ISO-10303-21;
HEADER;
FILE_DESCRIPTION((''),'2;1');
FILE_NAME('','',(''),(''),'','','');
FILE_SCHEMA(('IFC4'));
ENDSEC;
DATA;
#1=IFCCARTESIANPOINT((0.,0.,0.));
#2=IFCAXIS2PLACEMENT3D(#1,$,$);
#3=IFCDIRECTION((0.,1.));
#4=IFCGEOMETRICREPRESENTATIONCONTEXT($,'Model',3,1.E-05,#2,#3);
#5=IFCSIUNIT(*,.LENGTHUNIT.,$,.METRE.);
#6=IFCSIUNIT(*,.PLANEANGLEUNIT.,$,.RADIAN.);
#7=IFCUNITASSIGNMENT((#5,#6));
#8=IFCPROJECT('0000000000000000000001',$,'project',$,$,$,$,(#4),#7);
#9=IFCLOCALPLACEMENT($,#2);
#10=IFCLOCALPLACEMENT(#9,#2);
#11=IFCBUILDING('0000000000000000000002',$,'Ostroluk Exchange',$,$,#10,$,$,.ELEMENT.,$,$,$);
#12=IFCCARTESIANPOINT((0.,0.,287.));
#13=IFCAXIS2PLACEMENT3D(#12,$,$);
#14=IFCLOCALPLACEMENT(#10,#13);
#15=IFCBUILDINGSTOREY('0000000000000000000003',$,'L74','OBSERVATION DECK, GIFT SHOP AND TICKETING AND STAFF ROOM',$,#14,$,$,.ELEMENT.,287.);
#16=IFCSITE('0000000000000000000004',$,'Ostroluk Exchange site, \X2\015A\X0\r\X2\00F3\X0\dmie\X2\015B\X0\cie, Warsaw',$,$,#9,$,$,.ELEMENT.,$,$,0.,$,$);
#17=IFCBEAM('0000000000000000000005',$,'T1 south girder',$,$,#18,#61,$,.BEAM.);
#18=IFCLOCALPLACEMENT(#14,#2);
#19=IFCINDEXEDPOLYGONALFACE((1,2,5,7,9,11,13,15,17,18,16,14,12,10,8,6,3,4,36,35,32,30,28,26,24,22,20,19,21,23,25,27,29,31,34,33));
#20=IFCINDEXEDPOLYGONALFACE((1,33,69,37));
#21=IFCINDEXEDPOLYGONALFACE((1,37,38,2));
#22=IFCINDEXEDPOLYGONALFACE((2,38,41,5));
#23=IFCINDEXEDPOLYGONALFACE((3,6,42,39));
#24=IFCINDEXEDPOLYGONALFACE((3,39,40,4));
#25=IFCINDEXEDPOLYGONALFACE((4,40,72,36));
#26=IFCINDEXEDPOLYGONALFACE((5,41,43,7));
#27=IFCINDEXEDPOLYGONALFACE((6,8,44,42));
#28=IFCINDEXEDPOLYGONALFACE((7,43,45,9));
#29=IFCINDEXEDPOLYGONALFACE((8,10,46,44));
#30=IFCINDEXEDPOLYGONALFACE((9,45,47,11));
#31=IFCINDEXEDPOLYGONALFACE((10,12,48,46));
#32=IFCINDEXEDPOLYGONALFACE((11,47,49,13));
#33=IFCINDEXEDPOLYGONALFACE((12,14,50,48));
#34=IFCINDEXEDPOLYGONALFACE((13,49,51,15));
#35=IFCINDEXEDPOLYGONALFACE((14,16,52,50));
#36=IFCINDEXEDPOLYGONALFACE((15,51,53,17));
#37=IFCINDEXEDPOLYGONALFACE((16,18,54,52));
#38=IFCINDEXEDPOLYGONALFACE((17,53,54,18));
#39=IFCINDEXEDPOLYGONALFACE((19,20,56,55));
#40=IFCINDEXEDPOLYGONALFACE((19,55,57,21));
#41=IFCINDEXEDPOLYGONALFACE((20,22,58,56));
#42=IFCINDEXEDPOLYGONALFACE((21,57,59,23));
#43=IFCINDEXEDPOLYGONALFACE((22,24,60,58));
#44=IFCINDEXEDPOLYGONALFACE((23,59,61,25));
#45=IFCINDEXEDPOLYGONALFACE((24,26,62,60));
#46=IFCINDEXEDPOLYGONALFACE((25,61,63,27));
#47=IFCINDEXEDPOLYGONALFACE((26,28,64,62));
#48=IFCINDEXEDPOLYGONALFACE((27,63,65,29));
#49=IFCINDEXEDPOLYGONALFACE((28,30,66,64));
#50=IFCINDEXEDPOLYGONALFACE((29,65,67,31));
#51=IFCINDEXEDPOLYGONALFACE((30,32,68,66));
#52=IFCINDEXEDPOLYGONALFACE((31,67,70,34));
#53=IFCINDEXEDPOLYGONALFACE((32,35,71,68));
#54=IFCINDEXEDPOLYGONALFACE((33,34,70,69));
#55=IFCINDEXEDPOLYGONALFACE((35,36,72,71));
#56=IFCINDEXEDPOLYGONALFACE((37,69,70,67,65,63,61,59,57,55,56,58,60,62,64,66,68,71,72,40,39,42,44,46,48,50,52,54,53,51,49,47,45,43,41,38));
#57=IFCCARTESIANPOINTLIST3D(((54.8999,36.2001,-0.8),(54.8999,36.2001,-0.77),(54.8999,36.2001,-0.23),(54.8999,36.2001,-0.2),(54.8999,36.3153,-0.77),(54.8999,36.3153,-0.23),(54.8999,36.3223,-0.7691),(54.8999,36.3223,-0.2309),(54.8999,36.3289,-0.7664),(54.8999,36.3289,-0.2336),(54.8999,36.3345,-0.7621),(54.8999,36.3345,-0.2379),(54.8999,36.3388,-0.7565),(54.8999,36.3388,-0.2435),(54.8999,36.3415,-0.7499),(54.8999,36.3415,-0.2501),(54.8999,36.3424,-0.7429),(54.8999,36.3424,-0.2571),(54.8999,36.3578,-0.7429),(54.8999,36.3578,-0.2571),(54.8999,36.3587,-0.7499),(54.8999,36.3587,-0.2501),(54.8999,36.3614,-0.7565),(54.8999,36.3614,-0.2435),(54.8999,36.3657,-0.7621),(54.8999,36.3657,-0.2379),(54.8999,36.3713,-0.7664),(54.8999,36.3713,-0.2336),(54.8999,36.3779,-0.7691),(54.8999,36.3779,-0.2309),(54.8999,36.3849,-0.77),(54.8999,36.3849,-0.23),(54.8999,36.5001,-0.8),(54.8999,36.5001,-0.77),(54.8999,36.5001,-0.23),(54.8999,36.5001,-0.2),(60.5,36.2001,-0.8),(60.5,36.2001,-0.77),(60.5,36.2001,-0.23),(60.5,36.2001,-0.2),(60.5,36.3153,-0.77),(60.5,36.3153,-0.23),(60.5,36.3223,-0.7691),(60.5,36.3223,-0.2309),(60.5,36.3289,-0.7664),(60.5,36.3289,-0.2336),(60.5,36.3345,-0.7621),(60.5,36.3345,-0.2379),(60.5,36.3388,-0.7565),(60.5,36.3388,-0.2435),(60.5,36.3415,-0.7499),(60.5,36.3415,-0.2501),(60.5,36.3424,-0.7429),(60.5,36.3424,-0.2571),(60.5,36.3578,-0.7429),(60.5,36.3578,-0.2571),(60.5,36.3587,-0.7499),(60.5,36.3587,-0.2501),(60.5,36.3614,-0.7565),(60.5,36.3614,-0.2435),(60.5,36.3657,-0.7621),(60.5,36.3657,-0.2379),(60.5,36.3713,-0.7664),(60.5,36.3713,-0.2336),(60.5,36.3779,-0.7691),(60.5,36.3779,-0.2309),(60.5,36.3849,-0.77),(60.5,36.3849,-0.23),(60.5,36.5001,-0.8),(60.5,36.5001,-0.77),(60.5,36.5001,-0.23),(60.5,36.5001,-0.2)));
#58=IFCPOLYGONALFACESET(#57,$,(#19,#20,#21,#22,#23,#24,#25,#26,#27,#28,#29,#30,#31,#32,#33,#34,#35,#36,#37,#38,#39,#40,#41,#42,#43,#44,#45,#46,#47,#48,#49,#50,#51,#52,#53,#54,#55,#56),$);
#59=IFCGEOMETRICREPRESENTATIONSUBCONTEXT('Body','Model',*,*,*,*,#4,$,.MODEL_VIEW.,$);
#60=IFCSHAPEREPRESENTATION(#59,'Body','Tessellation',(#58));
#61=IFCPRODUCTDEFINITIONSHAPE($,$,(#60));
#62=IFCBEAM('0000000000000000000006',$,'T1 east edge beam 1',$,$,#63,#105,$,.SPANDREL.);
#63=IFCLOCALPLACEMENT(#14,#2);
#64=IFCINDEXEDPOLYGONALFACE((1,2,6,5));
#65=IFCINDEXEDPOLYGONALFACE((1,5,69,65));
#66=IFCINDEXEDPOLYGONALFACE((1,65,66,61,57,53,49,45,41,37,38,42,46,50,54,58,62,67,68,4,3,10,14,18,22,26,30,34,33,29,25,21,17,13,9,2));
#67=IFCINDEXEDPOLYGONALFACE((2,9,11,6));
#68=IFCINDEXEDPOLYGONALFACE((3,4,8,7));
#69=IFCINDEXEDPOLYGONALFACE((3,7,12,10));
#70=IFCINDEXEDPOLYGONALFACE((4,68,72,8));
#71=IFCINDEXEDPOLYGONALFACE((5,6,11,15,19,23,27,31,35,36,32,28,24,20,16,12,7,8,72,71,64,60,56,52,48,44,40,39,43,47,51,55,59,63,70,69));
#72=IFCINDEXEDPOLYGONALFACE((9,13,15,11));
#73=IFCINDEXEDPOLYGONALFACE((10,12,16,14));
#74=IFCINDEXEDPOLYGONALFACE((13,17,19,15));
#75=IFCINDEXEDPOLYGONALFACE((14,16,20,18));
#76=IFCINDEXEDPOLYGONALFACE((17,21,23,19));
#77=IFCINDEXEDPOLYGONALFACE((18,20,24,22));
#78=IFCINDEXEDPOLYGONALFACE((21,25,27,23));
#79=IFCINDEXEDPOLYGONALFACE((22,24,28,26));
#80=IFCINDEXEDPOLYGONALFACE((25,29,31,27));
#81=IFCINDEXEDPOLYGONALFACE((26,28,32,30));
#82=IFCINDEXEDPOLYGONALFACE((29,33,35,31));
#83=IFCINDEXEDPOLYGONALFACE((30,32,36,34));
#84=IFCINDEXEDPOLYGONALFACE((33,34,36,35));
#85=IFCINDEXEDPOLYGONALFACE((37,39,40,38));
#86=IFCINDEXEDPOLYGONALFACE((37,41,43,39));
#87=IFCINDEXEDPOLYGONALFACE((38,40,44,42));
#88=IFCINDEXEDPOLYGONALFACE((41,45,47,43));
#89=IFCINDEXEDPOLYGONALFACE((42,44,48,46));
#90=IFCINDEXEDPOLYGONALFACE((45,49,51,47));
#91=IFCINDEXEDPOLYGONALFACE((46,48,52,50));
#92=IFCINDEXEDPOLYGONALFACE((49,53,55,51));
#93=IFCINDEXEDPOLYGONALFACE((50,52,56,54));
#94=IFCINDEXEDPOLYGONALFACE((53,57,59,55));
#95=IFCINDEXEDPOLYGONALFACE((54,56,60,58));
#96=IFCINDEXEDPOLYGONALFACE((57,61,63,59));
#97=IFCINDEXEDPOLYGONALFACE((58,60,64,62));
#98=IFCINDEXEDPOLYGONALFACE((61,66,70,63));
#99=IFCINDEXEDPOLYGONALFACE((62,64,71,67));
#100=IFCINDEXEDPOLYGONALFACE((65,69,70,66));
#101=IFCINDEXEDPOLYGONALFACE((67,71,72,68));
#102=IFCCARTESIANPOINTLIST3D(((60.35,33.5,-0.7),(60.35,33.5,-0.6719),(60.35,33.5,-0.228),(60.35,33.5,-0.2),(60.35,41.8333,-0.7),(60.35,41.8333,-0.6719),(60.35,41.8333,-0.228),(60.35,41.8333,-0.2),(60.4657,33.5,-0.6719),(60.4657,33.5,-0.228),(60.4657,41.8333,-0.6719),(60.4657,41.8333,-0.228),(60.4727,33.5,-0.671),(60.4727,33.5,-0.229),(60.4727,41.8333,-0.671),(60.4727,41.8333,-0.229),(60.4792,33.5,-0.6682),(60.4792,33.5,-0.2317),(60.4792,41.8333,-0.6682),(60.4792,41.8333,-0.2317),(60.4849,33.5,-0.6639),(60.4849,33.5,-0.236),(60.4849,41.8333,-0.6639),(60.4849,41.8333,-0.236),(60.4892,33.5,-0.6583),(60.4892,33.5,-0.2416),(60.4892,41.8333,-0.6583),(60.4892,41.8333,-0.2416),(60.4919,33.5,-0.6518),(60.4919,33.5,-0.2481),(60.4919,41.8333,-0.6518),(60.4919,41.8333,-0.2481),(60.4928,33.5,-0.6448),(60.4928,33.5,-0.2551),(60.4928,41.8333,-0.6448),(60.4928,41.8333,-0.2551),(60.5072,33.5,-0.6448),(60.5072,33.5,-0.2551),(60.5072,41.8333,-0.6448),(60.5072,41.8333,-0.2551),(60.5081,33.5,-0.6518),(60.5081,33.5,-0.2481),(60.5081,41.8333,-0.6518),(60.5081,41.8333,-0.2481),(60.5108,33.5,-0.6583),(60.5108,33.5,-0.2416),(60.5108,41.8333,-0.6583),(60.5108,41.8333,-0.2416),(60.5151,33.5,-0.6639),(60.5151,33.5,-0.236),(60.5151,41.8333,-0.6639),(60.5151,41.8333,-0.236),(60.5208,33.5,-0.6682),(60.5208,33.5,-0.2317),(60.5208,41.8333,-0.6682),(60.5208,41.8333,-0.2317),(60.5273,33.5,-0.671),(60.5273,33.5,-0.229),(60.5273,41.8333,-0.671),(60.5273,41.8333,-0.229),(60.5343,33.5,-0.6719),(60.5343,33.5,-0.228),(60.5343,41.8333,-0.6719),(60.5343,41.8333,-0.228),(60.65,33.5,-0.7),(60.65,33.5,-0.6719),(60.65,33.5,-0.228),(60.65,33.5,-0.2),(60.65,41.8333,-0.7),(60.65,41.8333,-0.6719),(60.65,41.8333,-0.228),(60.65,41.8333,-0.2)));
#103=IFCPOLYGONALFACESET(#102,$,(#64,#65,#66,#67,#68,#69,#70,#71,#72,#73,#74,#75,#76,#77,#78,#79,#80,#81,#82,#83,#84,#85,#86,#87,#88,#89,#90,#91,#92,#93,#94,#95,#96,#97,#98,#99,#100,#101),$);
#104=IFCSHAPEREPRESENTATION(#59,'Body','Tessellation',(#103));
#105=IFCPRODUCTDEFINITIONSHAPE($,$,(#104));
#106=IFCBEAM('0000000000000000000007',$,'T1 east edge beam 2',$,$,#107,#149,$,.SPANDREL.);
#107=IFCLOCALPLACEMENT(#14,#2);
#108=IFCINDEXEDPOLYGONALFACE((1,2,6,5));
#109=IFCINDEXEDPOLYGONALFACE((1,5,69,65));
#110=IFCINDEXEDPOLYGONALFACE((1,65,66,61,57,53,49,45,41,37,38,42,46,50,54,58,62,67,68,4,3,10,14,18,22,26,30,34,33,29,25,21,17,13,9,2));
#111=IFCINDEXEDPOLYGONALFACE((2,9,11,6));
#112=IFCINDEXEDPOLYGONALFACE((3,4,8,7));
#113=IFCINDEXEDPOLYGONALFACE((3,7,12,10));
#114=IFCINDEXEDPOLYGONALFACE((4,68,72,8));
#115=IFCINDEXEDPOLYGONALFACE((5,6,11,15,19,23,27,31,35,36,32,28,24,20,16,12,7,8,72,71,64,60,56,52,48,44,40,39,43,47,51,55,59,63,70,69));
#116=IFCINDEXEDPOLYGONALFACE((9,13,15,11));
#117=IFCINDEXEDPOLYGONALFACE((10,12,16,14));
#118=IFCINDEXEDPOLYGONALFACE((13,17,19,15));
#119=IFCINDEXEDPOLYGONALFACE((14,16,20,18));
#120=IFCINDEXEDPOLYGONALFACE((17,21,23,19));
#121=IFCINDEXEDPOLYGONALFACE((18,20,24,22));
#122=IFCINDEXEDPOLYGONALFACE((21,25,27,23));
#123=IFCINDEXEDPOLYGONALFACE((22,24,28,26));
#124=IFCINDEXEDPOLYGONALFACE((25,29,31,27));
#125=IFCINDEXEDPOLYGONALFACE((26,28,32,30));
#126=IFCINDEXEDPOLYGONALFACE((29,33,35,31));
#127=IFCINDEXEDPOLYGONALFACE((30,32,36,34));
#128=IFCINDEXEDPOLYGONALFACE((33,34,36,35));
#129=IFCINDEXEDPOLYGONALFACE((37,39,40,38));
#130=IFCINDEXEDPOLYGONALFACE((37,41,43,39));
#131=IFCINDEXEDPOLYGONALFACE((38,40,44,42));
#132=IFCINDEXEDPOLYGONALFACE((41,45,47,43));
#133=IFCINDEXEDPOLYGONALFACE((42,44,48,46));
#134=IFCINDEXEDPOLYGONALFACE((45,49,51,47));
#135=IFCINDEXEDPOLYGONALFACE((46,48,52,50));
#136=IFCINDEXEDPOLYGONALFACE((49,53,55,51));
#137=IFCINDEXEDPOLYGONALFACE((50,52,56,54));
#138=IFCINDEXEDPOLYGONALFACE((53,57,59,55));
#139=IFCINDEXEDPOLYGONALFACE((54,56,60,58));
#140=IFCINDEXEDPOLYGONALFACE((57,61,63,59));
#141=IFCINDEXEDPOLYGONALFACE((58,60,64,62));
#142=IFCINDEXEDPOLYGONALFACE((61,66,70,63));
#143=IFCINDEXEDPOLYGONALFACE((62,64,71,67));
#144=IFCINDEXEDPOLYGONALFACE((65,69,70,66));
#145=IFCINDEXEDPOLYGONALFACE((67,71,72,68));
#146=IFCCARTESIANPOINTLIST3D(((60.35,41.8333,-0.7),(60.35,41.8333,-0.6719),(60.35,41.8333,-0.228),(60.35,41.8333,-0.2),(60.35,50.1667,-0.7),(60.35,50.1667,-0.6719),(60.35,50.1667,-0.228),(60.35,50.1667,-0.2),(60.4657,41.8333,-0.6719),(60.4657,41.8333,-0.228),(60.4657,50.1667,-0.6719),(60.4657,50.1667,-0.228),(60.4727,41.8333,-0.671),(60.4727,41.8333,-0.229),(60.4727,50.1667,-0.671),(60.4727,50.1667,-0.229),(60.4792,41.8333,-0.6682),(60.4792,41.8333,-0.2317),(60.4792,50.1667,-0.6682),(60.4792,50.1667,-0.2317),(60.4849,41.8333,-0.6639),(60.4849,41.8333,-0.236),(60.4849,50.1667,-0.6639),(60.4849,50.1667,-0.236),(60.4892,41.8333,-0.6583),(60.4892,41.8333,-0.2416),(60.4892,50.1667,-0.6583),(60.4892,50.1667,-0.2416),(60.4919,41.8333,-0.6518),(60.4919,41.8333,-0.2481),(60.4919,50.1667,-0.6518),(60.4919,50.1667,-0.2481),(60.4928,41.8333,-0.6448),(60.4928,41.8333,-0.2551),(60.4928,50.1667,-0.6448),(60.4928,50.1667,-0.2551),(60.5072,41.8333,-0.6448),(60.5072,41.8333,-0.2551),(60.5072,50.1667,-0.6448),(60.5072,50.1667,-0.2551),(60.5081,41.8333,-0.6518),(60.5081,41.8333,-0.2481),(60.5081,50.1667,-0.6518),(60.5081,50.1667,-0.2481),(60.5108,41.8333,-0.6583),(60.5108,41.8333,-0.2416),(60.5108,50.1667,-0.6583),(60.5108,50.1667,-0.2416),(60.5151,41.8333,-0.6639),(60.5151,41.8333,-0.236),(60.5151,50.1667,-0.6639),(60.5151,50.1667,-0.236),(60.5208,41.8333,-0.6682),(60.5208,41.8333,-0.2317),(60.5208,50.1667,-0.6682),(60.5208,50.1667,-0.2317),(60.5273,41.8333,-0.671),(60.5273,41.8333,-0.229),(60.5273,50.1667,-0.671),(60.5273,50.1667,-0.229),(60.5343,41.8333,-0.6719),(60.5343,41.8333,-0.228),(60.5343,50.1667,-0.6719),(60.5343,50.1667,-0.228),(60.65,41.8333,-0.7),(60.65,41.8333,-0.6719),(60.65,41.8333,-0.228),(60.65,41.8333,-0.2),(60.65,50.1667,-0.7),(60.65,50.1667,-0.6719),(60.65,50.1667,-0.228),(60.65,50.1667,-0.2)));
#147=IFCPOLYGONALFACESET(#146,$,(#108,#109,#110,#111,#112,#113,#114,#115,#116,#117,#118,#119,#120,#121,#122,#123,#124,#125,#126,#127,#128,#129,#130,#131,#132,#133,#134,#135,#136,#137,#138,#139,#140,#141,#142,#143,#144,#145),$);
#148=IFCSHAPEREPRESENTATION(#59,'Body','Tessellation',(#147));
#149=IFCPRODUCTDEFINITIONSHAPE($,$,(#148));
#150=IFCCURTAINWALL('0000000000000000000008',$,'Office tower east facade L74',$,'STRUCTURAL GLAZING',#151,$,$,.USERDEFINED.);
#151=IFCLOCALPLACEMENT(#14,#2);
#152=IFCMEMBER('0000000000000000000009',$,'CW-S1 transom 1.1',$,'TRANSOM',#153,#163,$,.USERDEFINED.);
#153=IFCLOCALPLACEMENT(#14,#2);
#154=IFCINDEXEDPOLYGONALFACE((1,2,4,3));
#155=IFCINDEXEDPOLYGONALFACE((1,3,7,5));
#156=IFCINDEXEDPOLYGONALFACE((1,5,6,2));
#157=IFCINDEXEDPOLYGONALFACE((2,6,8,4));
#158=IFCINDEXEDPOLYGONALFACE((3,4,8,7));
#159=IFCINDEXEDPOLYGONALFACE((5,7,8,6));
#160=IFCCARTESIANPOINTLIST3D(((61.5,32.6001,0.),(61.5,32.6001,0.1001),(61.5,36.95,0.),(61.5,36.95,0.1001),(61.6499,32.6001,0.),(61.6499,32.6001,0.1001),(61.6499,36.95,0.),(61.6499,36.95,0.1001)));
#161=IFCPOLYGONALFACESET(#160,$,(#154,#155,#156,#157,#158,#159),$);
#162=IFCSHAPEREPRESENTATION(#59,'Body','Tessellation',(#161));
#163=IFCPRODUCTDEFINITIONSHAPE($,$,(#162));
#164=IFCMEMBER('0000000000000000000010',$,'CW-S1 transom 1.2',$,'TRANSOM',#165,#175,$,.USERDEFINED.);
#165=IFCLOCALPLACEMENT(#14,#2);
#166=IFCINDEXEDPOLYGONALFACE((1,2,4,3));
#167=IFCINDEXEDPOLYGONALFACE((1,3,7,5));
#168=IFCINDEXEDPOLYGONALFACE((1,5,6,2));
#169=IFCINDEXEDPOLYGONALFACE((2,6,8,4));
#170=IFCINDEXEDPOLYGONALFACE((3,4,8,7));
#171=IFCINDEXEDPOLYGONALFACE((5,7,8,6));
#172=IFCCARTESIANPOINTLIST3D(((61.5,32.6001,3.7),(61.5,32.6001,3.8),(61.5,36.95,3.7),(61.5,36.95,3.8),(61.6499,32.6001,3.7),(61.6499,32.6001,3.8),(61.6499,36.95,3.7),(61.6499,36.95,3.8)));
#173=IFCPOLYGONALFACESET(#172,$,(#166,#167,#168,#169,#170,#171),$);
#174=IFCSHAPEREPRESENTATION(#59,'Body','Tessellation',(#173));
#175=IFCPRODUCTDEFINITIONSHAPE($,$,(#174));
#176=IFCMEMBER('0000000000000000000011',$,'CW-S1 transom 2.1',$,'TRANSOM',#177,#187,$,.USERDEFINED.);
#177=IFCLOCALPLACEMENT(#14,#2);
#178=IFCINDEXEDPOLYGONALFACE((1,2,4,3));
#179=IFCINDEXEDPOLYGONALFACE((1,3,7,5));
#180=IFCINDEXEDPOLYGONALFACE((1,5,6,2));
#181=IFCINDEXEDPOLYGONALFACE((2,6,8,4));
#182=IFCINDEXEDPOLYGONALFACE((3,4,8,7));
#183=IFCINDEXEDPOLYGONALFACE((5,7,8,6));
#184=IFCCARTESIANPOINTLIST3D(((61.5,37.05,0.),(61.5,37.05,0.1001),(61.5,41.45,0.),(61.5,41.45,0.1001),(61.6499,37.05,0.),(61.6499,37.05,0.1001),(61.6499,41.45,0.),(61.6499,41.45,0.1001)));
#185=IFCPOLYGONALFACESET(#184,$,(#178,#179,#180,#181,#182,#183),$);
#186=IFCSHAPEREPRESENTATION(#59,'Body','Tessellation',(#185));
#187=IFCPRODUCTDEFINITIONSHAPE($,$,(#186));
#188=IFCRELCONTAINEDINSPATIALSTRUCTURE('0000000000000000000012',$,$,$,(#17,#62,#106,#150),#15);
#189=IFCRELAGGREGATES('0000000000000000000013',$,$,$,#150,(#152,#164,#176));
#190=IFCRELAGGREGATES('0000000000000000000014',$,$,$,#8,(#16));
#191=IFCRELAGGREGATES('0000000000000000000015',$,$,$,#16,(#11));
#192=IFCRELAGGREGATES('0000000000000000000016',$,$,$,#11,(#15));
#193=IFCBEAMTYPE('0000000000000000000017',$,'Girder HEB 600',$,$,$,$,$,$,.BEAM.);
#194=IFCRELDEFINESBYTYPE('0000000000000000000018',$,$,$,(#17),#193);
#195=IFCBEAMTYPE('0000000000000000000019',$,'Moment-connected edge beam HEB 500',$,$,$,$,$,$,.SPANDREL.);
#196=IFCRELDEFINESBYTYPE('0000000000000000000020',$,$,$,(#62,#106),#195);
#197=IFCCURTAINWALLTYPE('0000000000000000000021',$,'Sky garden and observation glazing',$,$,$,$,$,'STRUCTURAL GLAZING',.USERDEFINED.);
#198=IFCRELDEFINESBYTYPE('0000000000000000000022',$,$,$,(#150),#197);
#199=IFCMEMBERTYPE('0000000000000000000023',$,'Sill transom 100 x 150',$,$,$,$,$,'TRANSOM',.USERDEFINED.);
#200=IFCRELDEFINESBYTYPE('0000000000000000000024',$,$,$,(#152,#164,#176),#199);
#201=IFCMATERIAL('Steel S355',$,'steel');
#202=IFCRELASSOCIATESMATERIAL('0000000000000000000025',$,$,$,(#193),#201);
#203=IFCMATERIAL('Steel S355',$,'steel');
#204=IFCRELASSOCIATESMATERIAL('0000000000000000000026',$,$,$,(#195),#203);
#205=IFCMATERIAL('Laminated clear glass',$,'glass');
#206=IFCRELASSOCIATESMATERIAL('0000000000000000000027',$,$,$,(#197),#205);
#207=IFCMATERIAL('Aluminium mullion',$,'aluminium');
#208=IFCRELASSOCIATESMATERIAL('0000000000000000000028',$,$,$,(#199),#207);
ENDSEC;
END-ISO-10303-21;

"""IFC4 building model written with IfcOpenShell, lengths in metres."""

from ifc_helpers import new_model, si_unit, direction, frame, origin, origin_2d, place, context, subcontext, project, spatial, rectangle, i_section, extrude, material, material_profile, profile_set, type_object, element, aggregate, save


model = new_model("IFC4")

# Units and contexts
model_context = context("Model", 3, precision=1e-05, world=origin(), true_north=direction((0.0, 1.0)))
body_context = subcontext(model_context, "Body", "Model", "MODEL_VIEW")
ifc_project = project(units=[si_unit("LENGTHUNIT", "METRE"), si_unit("PLANEANGLEUNIT", "RADIAN")], contexts=[model_context])

# Site, building, storey
site_placement = place(None, origin())
site = spatial("IfcSite", under=ifc_project, at=site_placement, Name="Ostroluk Exchange site, Śródmieście, Warsaw", CompositionType="ELEMENT", RefElevation=0.0)
building_placement = place(site_placement, origin())
building = spatial("IfcBuilding", under=site, at=building_placement, Name="Ostroluk Exchange", CompositionType="ELEMENT")
storey_placement = place(building_placement, frame((0.0, 0.0, 287.0)))
storey = spatial("IfcBuildingStorey", under=building, at=storey_placement, Name="L74", Description="OBSERVATION DECK, GIFT SHOP AND TICKETING AND STAFF ROOM", CompositionType="ELEMENT", Elevation=287.0)

# Beams
ifc_material_1 = material(Name="Steel S355", Category="steel")
ifc_material_profile_1 = material_profile(ifc_material_1, i_section(OverallWidth=0.3, OverallDepth=0.6001, WebThickness=0.0154, FlangeThickness=0.03, FilletRadius=0.0271, at=origin_2d()), Name="HEB 600")
ifc_profile_set_1 = profile_set([ifc_material_profile_1], Name="Steel S355")
beam_type_1 = type_object("IfcBeamType", Name="Girder HEB 600", PredefinedType="BEAM", material=ifc_profile_set_1)
beam_1_placement = place(storey_placement, frame((54.8999, 36.3501, -0.5), z_axis=(1.0, 0.0, 0.0), x_axis=(0.0, 1.0, 0.0)))
element("IfcBeam", 1, at=beam_1_placement, inside=storey, type_object=beam_type_1, Name="T1 south girder", PredefinedType="BEAM", context=body_context, shape_type="SweptSolid", body=[
    extrude(i_section(OverallWidth=0.3, OverallDepth=0.6001, WebThickness=0.0154, FlangeThickness=0.03, FilletRadius=0.0271, at=origin_2d()), origin(), (0.0, 0.0, 1.0), 5.6001),
])
ifc_material_2 = material(Name="Steel S355", Category="steel")
ifc_material_profile_2 = material_profile(ifc_material_2, i_section(OverallWidth=0.3, OverallDepth=0.5, WebThickness=0.0144, FlangeThickness=0.0281, FilletRadius=0.0271, at=origin_2d()), Name="HEB 500")
ifc_profile_set_2 = profile_set([ifc_material_profile_2], Name="Steel S355")
beam_type_2 = type_object("IfcBeamType", Name="Moment-connected edge beam HEB 500", PredefinedType="SPANDREL", material=ifc_profile_set_2)
beam_2_placement = place(storey_placement, frame((60.5, 33.5, -0.45), z_axis=(0.0, 1.0, 0.0), x_axis=(-1.0, 0.0, 0.0)))
element("IfcBeam", 2, at=beam_2_placement, inside=storey, type_object=beam_type_2, Name="T1 east edge beam 1", PredefinedType="SPANDREL", context=body_context, shape_type="SweptSolid", body=[
    extrude(i_section(OverallWidth=0.3, OverallDepth=0.5, WebThickness=0.0144, FlangeThickness=0.0281, FilletRadius=0.0271, at=origin_2d()), origin(), (0.0, 0.0, 1.0), 8.3333),
])
beam_3_placement = place(storey_placement, frame((60.5, 41.8333, -0.45), z_axis=(0.0, 1.0, 0.0), x_axis=(-1.0, 0.0, 0.0)))
element("IfcBeam", 3, at=beam_3_placement, inside=storey, type_object=beam_type_2, Name="T1 east edge beam 2", PredefinedType="SPANDREL", context=body_context, shape_type="SweptSolid", body=[
    extrude(i_section(OverallWidth=0.3, OverallDepth=0.5, WebThickness=0.0144, FlangeThickness=0.0281, FilletRadius=0.0271, at=origin_2d()), origin(), (0.0, 0.0, 1.0), 8.3335),
])

# Curtain wall, members
ifc_material_3 = material(Name="Laminated clear glass", Category="glass")
curtain_wall_type = type_object("IfcCurtainWallType", Name="Sky garden and observation glazing", ElementType="STRUCTURAL GLAZING", PredefinedType="USERDEFINED", material=ifc_material_3)
curtain_wall_1_placement = place(storey_placement, origin())
curtain_wall_1 = element("IfcCurtainWall", 4, at=curtain_wall_1_placement, inside=storey, type_object=curtain_wall_type, Name="Office tower east facade L74", ObjectType="STRUCTURAL GLAZING", PredefinedType="USERDEFINED")
ifc_material_4 = material(Name="Aluminium mullion", Category="aluminium")
ifc_material_profile_3 = material_profile(ifc_material_4, rectangle(XDim=0.1499, YDim=0.1001, at=origin_2d()), Name="Sill transom 100 x 150")
ifc_profile_set_3 = profile_set([ifc_material_profile_3], Name="Aluminium mullion")
member_type_1 = type_object("IfcMemberType", Name="Sill transom 100 x 150", ElementType="TRANSOM", PredefinedType="USERDEFINED", material=ifc_profile_set_3)
member_1_placement = place(storey_placement, frame((61.575, 32.6001, 0.05), z_axis=(0.0, 1.0, 0.0), x_axis=(-1.0, 0.0, 0.0)))
member_1 = element("IfcMember", 5, at=member_1_placement, type_object=member_type_1, Name="CW-S1 transom 1.1", ObjectType="TRANSOM", PredefinedType="USERDEFINED", context=body_context, shape_type="SweptSolid", body=[
    extrude(rectangle(XDim=0.1499, YDim=0.1001, at=origin_2d()), origin(), (0.0, 0.0, 1.0), 4.3499),
])
member_2_placement = place(storey_placement, frame((61.575, 32.6001, 3.75), z_axis=(0.0, 1.0, 0.0), x_axis=(-1.0, 0.0, 0.0)))
member_2 = element("IfcMember", 6, at=member_2_placement, type_object=member_type_1, Name="CW-S1 transom 1.2", ObjectType="TRANSOM", PredefinedType="USERDEFINED", context=body_context, shape_type="SweptSolid", body=[
    extrude(rectangle(XDim=0.1499, YDim=0.1001, at=origin_2d()), origin(), (0.0, 0.0, 1.0), 4.3499),
])
member_3_placement = place(storey_placement, frame((61.575, 37.05, 0.05), z_axis=(0.0, 1.0, 0.0), x_axis=(-1.0, 0.0, 0.0)))
member_3 = element("IfcMember", 7, at=member_3_placement, type_object=member_type_1, Name="CW-S1 transom 2.1", ObjectType="TRANSOM", PredefinedType="USERDEFINED", context=body_context, shape_type="SweptSolid", body=[
    extrude(rectangle(XDim=0.1499, YDim=0.1001, at=origin_2d()), origin(), (0.0, 0.0, 1.0), 4.3999),
])

aggregate(curtain_wall_1, [member_1, member_2, member_3])

save(model, "model.ifc")
